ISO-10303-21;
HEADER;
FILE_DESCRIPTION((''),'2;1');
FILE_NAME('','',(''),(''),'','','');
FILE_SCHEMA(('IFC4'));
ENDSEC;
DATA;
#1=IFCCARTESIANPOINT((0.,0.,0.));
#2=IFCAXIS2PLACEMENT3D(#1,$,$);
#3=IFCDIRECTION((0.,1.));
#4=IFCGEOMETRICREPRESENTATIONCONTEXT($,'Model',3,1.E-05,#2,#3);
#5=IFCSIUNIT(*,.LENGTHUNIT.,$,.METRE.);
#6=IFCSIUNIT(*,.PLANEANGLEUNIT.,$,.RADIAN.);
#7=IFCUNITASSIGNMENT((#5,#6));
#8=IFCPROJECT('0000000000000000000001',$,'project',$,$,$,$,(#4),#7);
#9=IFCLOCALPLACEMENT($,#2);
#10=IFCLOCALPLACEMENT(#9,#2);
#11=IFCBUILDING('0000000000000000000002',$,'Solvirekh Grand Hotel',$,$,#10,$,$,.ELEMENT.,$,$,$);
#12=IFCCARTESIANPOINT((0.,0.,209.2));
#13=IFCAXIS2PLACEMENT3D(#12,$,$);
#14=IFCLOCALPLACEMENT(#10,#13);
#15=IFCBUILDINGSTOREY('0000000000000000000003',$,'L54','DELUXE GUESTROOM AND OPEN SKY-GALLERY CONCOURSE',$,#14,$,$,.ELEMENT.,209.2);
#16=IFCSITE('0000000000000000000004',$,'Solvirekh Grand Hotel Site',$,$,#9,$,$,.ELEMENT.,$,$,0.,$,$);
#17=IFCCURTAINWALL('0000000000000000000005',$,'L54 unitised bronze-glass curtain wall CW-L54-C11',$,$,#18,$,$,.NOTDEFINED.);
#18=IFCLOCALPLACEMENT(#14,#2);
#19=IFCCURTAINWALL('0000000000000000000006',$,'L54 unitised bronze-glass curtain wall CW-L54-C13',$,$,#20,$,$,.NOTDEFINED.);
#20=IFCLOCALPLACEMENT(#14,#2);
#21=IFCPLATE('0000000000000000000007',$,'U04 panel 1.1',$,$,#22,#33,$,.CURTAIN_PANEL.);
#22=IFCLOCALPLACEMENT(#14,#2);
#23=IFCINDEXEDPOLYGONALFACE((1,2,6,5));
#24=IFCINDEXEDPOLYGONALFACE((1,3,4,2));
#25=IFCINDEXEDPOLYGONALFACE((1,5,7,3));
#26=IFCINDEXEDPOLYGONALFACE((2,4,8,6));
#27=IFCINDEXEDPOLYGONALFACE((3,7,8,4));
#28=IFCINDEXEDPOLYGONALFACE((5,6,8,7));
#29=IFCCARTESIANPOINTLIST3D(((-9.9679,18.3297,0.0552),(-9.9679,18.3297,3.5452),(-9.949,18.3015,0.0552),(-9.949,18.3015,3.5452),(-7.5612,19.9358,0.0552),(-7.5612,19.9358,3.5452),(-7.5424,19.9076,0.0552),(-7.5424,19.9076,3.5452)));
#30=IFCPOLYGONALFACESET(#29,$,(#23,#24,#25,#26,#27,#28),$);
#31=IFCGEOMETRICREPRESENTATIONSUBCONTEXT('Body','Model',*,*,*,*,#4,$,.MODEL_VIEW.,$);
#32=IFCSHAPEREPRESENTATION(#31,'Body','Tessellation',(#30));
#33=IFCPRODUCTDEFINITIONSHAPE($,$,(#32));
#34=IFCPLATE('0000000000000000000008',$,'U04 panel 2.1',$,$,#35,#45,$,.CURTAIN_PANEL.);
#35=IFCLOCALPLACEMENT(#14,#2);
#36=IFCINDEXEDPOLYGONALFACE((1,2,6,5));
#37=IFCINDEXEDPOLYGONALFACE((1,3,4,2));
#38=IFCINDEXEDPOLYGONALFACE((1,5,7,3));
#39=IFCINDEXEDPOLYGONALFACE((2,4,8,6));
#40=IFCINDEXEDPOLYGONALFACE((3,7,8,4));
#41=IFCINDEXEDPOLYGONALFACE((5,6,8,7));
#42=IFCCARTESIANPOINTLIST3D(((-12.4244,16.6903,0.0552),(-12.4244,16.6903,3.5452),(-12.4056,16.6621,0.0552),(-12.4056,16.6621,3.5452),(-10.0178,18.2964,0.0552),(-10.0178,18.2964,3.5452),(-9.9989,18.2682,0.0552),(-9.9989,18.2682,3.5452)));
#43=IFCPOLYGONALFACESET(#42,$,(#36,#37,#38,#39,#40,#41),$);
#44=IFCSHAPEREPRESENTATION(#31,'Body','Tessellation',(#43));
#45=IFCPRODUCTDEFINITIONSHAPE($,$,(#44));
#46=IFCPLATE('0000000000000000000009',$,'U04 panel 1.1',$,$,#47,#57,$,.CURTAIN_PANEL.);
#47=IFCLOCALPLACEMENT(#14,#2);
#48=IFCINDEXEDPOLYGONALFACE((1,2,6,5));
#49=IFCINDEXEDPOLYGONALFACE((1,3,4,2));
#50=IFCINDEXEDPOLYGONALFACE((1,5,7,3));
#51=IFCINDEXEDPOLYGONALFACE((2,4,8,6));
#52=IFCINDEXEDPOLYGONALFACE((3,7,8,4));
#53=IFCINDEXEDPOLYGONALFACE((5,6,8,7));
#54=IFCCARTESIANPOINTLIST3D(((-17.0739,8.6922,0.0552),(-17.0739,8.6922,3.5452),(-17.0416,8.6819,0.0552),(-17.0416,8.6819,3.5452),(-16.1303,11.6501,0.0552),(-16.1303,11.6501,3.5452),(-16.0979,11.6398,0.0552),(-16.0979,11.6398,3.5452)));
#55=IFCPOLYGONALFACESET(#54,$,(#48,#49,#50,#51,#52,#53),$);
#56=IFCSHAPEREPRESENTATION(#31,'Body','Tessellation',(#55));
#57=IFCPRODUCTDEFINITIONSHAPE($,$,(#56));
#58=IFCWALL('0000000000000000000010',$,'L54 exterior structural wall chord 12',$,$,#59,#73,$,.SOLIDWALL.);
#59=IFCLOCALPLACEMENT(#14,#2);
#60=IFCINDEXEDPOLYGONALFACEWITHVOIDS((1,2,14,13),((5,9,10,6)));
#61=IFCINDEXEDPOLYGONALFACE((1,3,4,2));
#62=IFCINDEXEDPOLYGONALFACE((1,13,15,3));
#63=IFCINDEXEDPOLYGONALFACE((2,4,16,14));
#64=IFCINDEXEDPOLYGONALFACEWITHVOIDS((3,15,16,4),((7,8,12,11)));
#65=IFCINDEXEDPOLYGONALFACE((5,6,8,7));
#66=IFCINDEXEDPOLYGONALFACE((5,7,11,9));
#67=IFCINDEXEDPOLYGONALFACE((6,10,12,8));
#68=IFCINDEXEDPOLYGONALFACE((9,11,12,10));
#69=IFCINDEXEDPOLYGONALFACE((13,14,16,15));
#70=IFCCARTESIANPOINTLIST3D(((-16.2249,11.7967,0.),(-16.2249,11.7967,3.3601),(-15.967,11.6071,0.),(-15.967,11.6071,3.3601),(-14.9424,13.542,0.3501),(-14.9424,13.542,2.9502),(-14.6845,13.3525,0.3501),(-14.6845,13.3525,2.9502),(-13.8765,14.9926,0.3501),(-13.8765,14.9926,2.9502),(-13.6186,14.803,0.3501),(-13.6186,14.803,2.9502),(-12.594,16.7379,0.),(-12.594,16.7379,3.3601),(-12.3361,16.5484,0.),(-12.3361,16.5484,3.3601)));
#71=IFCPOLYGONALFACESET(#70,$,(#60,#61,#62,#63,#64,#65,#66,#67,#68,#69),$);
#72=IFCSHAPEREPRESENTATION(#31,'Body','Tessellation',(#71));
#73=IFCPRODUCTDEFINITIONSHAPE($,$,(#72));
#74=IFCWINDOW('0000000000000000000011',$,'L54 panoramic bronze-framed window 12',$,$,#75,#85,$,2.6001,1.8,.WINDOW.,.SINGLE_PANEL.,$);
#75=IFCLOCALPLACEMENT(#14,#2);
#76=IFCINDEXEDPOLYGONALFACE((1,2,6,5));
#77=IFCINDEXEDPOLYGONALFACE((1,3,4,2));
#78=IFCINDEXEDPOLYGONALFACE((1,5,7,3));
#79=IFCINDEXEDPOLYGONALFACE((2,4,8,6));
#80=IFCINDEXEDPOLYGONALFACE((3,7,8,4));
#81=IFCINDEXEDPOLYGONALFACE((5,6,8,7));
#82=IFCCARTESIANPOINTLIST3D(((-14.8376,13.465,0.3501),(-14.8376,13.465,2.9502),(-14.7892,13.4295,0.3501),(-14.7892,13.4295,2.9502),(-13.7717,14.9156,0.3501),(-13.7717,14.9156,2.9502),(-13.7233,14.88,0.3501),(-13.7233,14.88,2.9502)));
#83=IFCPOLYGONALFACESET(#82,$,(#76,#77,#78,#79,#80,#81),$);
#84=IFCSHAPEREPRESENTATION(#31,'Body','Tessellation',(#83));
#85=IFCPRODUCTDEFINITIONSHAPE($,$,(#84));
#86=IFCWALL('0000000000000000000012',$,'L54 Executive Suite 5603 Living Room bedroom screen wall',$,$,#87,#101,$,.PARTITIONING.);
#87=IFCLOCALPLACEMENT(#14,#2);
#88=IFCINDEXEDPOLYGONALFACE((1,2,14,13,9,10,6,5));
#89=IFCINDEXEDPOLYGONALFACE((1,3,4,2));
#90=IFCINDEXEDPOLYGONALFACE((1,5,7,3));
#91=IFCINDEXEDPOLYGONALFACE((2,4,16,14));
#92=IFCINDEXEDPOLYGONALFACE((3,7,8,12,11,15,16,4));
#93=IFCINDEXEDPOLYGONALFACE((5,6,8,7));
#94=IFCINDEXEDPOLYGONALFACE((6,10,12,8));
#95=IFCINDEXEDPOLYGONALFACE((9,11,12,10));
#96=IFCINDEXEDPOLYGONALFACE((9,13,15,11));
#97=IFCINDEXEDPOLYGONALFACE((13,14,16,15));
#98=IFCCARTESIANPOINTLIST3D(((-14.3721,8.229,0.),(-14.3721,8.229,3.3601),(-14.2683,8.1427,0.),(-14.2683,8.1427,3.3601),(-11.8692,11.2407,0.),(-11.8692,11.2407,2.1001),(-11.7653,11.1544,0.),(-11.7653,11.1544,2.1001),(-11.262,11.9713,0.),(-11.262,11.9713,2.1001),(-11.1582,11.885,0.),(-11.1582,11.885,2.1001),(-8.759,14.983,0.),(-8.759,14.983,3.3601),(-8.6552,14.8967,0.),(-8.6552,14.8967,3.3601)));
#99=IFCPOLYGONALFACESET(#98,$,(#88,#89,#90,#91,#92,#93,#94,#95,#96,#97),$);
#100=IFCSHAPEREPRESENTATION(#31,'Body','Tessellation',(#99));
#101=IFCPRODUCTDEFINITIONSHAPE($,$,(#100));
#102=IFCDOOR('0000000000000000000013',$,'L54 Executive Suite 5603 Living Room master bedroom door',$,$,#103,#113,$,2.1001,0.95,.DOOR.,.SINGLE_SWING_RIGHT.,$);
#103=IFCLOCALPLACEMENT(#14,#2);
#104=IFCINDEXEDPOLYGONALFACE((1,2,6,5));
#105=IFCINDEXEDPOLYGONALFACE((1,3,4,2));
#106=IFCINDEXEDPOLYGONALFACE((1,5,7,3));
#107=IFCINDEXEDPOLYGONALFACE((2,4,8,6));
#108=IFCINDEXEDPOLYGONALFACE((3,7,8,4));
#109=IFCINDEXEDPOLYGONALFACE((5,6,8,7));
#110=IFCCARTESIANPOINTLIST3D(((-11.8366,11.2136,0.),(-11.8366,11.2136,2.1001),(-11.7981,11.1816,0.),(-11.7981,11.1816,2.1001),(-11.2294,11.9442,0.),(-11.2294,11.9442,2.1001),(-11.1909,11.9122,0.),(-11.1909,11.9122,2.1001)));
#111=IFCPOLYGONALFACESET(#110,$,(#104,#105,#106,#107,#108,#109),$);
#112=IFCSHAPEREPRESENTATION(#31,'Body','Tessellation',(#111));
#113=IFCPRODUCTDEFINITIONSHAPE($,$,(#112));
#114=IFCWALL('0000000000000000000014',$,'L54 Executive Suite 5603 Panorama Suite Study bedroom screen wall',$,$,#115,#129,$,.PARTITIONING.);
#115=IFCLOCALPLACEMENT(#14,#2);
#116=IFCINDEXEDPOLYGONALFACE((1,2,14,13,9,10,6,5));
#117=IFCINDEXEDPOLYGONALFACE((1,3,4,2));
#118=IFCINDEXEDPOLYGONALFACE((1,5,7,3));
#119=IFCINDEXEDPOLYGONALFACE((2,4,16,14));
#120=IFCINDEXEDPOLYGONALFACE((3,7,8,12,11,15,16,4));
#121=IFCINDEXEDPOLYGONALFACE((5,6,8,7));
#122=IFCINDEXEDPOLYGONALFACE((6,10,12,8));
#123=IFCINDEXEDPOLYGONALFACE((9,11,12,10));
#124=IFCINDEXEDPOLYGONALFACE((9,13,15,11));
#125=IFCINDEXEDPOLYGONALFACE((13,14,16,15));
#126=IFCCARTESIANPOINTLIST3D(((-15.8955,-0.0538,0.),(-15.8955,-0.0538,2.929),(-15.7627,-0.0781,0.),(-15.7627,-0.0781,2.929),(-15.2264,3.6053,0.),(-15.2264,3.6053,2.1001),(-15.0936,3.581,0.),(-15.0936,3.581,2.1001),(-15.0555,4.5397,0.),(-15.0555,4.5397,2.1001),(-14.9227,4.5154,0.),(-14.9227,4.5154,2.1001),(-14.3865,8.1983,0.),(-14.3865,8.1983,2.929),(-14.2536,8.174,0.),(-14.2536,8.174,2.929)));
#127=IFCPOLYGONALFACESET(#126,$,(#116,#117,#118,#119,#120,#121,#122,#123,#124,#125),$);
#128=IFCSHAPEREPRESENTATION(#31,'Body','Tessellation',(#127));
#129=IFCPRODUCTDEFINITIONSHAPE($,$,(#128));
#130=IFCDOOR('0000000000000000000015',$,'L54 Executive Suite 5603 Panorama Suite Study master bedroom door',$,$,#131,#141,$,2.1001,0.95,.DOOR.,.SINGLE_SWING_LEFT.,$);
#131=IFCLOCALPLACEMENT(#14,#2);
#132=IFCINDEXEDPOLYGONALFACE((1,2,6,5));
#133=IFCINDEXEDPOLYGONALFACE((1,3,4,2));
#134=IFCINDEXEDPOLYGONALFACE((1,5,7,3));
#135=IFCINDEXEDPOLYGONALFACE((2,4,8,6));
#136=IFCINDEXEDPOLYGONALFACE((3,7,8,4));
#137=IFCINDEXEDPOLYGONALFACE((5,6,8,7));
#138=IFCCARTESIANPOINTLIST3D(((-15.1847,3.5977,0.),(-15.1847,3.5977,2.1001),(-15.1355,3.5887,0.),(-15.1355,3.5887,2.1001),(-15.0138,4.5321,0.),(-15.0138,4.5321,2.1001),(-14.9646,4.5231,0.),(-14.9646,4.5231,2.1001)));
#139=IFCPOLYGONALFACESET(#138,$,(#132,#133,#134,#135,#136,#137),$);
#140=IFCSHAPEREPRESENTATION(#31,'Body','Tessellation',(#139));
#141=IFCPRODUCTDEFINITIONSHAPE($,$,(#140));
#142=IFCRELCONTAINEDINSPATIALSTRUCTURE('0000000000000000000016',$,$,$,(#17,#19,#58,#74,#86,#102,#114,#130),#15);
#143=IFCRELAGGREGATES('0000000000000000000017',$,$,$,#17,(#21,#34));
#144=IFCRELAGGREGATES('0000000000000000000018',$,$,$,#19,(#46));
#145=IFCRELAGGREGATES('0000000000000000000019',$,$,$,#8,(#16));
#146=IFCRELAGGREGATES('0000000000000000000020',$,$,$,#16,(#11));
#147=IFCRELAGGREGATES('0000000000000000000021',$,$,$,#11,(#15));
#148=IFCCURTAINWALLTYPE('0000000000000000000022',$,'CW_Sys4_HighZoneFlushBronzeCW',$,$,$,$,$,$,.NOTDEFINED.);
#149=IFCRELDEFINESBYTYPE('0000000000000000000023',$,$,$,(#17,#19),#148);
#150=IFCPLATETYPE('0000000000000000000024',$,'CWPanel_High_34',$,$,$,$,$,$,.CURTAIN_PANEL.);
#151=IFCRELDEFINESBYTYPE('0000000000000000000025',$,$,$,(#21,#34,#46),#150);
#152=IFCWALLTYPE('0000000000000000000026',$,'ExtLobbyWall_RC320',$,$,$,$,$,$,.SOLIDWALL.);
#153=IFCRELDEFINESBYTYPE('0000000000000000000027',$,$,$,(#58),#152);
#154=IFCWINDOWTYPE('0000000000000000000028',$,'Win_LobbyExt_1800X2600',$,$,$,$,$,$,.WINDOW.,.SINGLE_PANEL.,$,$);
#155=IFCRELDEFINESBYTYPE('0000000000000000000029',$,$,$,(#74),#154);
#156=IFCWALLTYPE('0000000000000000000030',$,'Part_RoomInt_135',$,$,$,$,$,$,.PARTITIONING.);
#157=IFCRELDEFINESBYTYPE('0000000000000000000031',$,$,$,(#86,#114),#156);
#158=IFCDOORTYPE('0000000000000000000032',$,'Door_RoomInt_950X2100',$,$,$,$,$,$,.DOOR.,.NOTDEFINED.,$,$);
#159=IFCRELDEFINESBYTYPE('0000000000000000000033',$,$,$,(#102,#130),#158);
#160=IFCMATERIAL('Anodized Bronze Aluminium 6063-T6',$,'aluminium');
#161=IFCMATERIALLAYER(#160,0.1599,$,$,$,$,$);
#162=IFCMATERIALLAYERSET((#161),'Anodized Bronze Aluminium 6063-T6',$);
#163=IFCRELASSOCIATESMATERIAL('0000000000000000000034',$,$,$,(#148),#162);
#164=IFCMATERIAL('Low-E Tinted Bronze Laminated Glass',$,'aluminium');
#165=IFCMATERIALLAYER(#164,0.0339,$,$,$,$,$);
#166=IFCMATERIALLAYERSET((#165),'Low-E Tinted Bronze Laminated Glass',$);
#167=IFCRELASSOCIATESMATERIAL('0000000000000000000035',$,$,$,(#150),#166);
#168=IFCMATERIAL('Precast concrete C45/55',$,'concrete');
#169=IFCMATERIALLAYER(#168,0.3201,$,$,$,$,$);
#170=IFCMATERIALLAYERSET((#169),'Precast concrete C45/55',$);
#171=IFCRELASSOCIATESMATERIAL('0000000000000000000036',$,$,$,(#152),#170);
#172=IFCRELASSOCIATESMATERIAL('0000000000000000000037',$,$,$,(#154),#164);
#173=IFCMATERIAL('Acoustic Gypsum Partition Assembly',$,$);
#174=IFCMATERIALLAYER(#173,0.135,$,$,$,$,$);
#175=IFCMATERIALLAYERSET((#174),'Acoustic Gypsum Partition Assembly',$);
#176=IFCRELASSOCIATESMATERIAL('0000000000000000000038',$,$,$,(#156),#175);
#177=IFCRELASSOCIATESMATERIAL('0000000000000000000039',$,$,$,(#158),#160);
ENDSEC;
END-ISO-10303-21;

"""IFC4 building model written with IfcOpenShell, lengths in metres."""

from ifc_helpers import new_model, si_unit, direction, frame, frame_2d, origin, origin_2d, place, context, subcontext, project, spatial, rectangle, extrude, source, transform, mapped, material, layer, layer_set, type_object, element, fill, aggregate, save


model = new_model("IFC4")

# Units and contexts
model_context = context("Model", 3, precision=1e-05, world=origin(), true_north=direction((0.0, 1.0)))
body_context = subcontext(model_context, "Body", "Model", "MODEL_VIEW")
ifc_project = project(units=[si_unit("LENGTHUNIT", "METRE"), si_unit("PLANEANGLEUNIT", "RADIAN")], contexts=[model_context])

# Site, building, storey
site_placement = place(None, origin())
site = spatial("IfcSite", under=ifc_project, at=site_placement, Name="Solvirekh Grand Hotel Site", CompositionType="ELEMENT", RefElevation=0.0)
building_placement = place(site_placement, origin())
building = spatial("IfcBuilding", under=site, at=building_placement, Name="Solvirekh Grand Hotel", CompositionType="ELEMENT")
storey_placement = place(building_placement, frame((0.0, 0.0, 209.2)))
storey = spatial("IfcBuildingStorey", under=building, at=storey_placement, Name="L54", Description="DELUXE GUESTROOM AND OPEN SKY-GALLERY CONCOURSE", CompositionType="ELEMENT", Elevation=209.2)

# Curtain walls
ifc_material_1 = material(Name="Anodized Bronze Aluminium 6063-T6", Category="aluminium")
ifc_layer_1 = layer(ifc_material_1, 0.1599)
ifc_layer_set_1 = layer_set([ifc_layer_1], Name="Anodized Bronze Aluminium 6063-T6")
curtain_wall_type = type_object("IfcCurtainWallType", Name="CW_Sys4_HighZoneFlushBronzeCW", PredefinedType="NOTDEFINED", material=ifc_layer_set_1)
curtain_wall_1_placement = place(storey_placement, origin())
curtain_wall_1 = element("IfcCurtainWall", 1, at=curtain_wall_1_placement, inside=storey, type_object=curtain_wall_type, Name="L54 unitised bronze-glass curtain wall CW-L54-C11", PredefinedType="NOTDEFINED")
curtain_wall_2_placement = place(storey_placement, origin())
curtain_wall_2 = element("IfcCurtainWall", 2, at=curtain_wall_2_placement, inside=storey, type_object=curtain_wall_type, Name="L54 unitised bronze-glass curtain wall CW-L54-C13", PredefinedType="NOTDEFINED")

# Plates
ifc_material_2 = material(Name="Low-E Tinted Bronze Laminated Glass", Category="aluminium")
ifc_layer_2 = layer(ifc_material_2, 0.0339)
ifc_layer_set_2 = layer_set([ifc_layer_2], Name="Low-E Tinted Bronze Laminated Glass")
plate_type = type_object("IfcPlateType", Name="CWPanel_High_34", PredefinedType="CURTAIN_PANEL", material=ifc_layer_set_2)
shared_shape_1 = source(origin(), body_context, "Body", "SweptSolid", [
    extrude(rectangle(XDim=2.8933, YDim=0.0339, at=origin_2d()), origin(), (0.0, 0.0, 1.0), 3.49),
])
plate_1_placement = place(storey_placement, frame((-8.7551, 19.1187, 0.0552), z_axis=(0.0, 0.0, 1.0), x_axis=(-0.831792, -0.555087, 0.0)))
plate_1 = element("IfcPlate", 3, at=plate_1_placement, type_object=plate_type, Name="U04 panel 1.1", PredefinedType="CURTAIN_PANEL", context=body_context, shape_type="MappedRepresentation", body=[
    mapped(shared_shape_1, transform((0.0, 0.0, 0.0), x_axis=(1.0, 0.0, 0.0), y_axis=(0.0, 1.0, 0.0), z_axis=(0.0, 0.0, 1.0), scale=1.0)),
])
plate_2_placement = place(storey_placement, frame((-11.2117, 17.4792, 0.0552), z_axis=(0.0, 0.0, 1.0), x_axis=(-0.831792, -0.555087, 0.0)))
plate_2 = element("IfcPlate", 4, at=plate_2_placement, type_object=plate_type, Name="U04 panel 2.1", PredefinedType="CURTAIN_PANEL", context=body_context, shape_type="MappedRepresentation", body=[
    mapped(shared_shape_1, transform((0.0, 0.0, 0.0), x_axis=(1.0, 0.0, 0.0), y_axis=(0.0, 1.0, 0.0), z_axis=(0.0, 0.0, 1.0), scale=1.0)),
])
aggregate(curtain_wall_1, [plate_1, plate_2])
shared_shape_2 = source(origin(), body_context, "Body", "SweptSolid", [
    extrude(rectangle(XDim=3.1047, YDim=0.0339, at=origin_2d()), origin(), (0.0, 0.0, 1.0), 3.49),
])
plate_3_placement = place(storey_placement, frame((-16.5859, 10.166, 0.0552), z_axis=(0.0, 0.0, 1.0), x_axis=(-0.303946, -0.952689, 0.0)))
plate_3 = element("IfcPlate", 5, at=plate_3_placement, type_object=plate_type, Name="U04 panel 1.1", PredefinedType="CURTAIN_PANEL", context=body_context, shape_type="MappedRepresentation", body=[
    mapped(shared_shape_2, transform((0.0, 0.0, 0.0), x_axis=(1.0, 0.0, 0.0), y_axis=(0.0, 1.0, 0.0), z_axis=(0.0, 0.0, 1.0), scale=1.0)),
])
aggregate(curtain_wall_2, [plate_3])

# Wall, opening, window
ifc_material_3 = material(Name="Precast concrete C45/55", Category="concrete")
ifc_layer_3 = layer(ifc_material_3, 0.3201)
ifc_layer_set_3 = layer_set([ifc_layer_3], Name="Precast concrete C45/55")
wall_type_1 = type_object("IfcWallType", Name="ExtLobbyWall_RC320", PredefinedType="SOLIDWALL", material=ifc_layer_set_3)
wall_1_placement = place(storey_placement, frame((-16.0959, 11.7019, 0.0), z_axis=(0.0, 0.0, 1.0), x_axis=(0.592142, 0.805834, 0.0)))
wall_1 = element("IfcWall", 6, at=wall_1_placement, inside=storey, type_object=wall_type_1, Name="L54 exterior structural wall chord 12", PredefinedType="SOLIDWALL", context=body_context, shape_type="SweptSolid", body=[
    extrude(rectangle(XDim=6.1318, YDim=0.3201, at=frame_2d((3.0659, 0.0))), origin(), (0.0, 0.0, 1.0), 3.3601),
])
opening_1_placement = place(wall_1_placement, frame((2.166, 0.0, 0.3501)))
opening_1 = element("IfcOpeningElement", 7, at=opening_1_placement, cuts=wall_1, PredefinedType="OPENING", context=body_context, shape_type="SweptSolid", body=[
    extrude(rectangle(XDim=1.8, YDim=2.6001, at=frame_2d((0.8999, 1.3))), frame((0.0, 0.1699, 0.0), z_axis=(0.0, -1.0, 0.0), x_axis=(1.0, 0.0, 0.0)), (0.0, 0.0, 1.0), 0.3401),
])
window_type = type_object("IfcWindowType", Name="Win_LobbyExt_1800X2600", PartitioningType="SINGLE_PANEL", PredefinedType="WINDOW", material=ifc_material_2)
window_placement = place(opening_1_placement, origin())
window = element("IfcWindow", 8, at=window_placement, inside=storey, type_object=window_type, Name="L54 panoramic bronze-framed window 12", OverallHeight=2.6001, OverallWidth=1.8, PartitioningType="SINGLE_PANEL", PredefinedType="WINDOW", context=body_context, shape_type="SweptSolid", body=[
    extrude(rectangle(XDim=1.8, YDim=2.6001, at=frame_2d((0.8999, 1.3))), frame((0.0, 0.03, 0.0), z_axis=(0.0, -1.0, 0.0), x_axis=(1.0, 0.0, 0.0)), (0.0, 0.0, 1.0), 0.0601),
])
fill(opening_1, window)

# Walls, openings, doors
ifc_material_4 = material(Name="Acoustic Gypsum Partition Assembly")
ifc_layer_4 = layer(ifc_material_4, 0.135)
ifc_layer_set_4 = layer_set([ifc_layer_4], Name="Acoustic Gypsum Partition Assembly")
wall_type_2 = type_object("IfcWallType", Name="Part_RoomInt_135", PredefinedType="PARTITIONING", material=ifc_layer_set_4)
wall_2_placement = place(storey_placement, frame((-8.707, 14.9399, 0.0), z_axis=(0.0, 0.0, 1.0), x_axis=(-0.639161, -0.769073, 0.0)))
wall_2 = element("IfcWall", 9, at=wall_2_placement, inside=storey, type_object=wall_type_2, Name="L54 Executive Suite 5603 Living Room bedroom screen wall", PredefinedType="PARTITIONING", context=body_context, shape_type="SweptSolid", body=[
    extrude(rectangle(XDim=8.782, YDim=0.135, at=frame_2d((4.3911, 0.0))), origin(), (0.0, 0.0, 1.0), 3.3601),
])
opening_2_placement = place(wall_2_placement, frame((3.916, 0.0, 0.0)))
opening_2 = element("IfcOpeningElement", 10, at=opening_2_placement, cuts=wall_2, PredefinedType="OPENING", context=body_context, shape_type="SweptSolid", body=[
    extrude(rectangle(XDim=0.95, YDim=2.1001, at=frame_2d((0.4751, 1.05))), frame((0.0, 0.0776, 0.0), z_axis=(0.0, -1.0, 0.0), x_axis=(1.0, 0.0, 0.0)), (0.0, 0.0, 1.0), 0.155),
])
door_type = type_object("IfcDoorType", Name="Door_RoomInt_950X2100", OperationType="NOTDEFINED", PredefinedType="DOOR", material=ifc_material_1)
door_1_placement = place(opening_2_placement, origin())
door_1 = element("IfcDoor", 11, at=door_1_placement, inside=storey, type_object=door_type, Name="L54 Executive Suite 5603 Living Room master bedroom door", OperationType="SINGLE_SWING_RIGHT", OverallHeight=2.1001, OverallWidth=0.95, PredefinedType="DOOR", context=body_context, shape_type="SweptSolid", body=[
    extrude(rectangle(XDim=0.95, YDim=2.1001, at=frame_2d((0.4751, 1.05))), frame((0.0, 0.0249, 0.0), z_axis=(0.0, -1.0, 0.0), x_axis=(1.0, 0.0, 0.0)), (0.0, 0.0, 1.0), 0.05),
])
fill(opening_2, door_1)
wall_3_placement = place(storey_placement, frame((-14.3201, 8.186, 0.0), z_axis=(0.0, 0.0, 1.0), x_axis=(-0.179887, -0.983687, 0.0)))
wall_3 = element("IfcWall", 12, at=wall_3_placement, inside=storey, type_object=wall_type_2, Name="L54 Executive Suite 5603 Panorama Suite Study bedroom screen wall", PredefinedType="PARTITIONING", context=body_context, shape_type="SweptSolid", body=[
    extrude(rectangle(XDim=8.3889, YDim=0.135, at=frame_2d((4.1943, 0.0))), origin(), (0.0, 0.0, 1.0), 2.929),
])
opening_3_placement = place(wall_3_placement, frame((3.719, 0.0, 0.0)))
opening_3 = element("IfcOpeningElement", 13, at=opening_3_placement, cuts=wall_3, PredefinedType="OPENING", context=body_context, shape_type="SweptSolid", body=[
    extrude(rectangle(XDim=0.95, YDim=2.1001, at=frame_2d((0.4751, 1.05))), frame((0.0, 0.0776, 0.0), z_axis=(0.0, -1.0, 0.0), x_axis=(1.0, 0.0, 0.0)), (0.0, 0.0, 1.0), 0.155),
])
door_2_placement = place(opening_3_placement, origin())
door_2 = element("IfcDoor", 14, at=door_2_placement, inside=storey, type_object=door_type, Name="L54 Executive Suite 5603 Panorama Suite Study master bedroom door", OperationType="SINGLE_SWING_LEFT", OverallHeight=2.1001, OverallWidth=0.95, PredefinedType="DOOR", context=body_context, shape_type="SweptSolid", body=[
    extrude(rectangle(XDim=0.95, YDim=2.1001, at=frame_2d((0.4751, 1.05))), frame((0.0, 0.0249, 0.0), z_axis=(0.0, -1.0, 0.0), x_axis=(1.0, 0.0, 0.0)), (0.0, 0.0, 1.0), 0.05),
])
fill(opening_3, door_2)

save(model, "model.ifc")
